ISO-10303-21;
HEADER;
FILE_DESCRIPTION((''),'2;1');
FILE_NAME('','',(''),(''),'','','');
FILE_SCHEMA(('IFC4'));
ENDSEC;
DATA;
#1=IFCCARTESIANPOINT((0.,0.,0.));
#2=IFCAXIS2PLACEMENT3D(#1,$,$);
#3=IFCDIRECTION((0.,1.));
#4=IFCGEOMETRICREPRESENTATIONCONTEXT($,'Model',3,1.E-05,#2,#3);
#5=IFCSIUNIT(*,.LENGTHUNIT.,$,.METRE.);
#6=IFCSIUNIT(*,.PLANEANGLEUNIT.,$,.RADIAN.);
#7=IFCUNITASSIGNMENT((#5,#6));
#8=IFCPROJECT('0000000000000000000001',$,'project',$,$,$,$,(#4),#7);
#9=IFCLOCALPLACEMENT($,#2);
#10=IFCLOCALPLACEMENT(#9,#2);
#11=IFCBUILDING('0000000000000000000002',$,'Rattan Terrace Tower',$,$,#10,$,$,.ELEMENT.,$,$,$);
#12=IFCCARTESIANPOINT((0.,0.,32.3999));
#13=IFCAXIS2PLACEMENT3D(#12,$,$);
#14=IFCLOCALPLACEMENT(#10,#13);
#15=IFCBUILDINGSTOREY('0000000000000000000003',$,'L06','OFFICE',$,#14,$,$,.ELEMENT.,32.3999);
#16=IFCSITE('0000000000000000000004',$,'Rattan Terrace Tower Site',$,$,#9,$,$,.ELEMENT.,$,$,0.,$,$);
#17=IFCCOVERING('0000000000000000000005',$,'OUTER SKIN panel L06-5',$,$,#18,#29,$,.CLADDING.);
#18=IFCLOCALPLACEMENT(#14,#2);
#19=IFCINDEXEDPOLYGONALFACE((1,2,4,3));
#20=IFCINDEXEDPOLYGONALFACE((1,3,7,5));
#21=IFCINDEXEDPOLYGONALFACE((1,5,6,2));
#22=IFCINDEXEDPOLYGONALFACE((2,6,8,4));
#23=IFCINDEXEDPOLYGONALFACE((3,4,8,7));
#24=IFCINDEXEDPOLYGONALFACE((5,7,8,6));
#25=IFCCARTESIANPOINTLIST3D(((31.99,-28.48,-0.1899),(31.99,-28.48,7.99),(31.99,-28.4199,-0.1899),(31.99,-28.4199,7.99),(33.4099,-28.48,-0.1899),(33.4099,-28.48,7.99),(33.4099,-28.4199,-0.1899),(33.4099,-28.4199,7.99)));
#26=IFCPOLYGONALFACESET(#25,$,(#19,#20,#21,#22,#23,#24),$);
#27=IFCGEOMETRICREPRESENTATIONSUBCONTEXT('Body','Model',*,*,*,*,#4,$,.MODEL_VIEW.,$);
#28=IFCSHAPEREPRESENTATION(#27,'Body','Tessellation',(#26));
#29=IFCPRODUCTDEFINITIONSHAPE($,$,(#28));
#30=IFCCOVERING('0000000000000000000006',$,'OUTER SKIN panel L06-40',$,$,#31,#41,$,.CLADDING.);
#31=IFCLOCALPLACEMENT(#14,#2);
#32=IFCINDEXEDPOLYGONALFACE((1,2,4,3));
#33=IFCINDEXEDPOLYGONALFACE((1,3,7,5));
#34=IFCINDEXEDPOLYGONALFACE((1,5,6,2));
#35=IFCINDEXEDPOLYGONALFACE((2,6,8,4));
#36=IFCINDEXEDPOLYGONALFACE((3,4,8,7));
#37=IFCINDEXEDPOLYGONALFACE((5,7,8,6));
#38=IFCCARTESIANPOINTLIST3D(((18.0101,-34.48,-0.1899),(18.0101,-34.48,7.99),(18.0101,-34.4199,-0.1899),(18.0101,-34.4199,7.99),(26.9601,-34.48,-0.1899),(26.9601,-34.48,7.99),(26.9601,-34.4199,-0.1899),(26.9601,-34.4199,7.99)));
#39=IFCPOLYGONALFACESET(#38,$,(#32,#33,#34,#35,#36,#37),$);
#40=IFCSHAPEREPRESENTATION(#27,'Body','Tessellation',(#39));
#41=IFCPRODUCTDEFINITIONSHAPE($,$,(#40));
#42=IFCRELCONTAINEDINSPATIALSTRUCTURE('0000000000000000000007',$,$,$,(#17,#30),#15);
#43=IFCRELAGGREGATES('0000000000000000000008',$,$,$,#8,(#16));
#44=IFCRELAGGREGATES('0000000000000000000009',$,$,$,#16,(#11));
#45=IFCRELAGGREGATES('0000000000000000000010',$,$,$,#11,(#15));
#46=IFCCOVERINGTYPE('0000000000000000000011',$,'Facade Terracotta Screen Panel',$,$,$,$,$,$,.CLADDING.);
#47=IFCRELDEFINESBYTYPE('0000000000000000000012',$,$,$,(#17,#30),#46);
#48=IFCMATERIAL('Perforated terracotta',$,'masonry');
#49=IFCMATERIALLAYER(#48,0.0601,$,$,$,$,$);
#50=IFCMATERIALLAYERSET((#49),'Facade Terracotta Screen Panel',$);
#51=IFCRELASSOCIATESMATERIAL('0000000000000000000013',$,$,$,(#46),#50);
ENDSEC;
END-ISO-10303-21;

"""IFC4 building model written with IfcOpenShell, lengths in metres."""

from ifc_helpers import new_model, si_unit, direction, frame, origin, origin_2d, place, context, subcontext, project, spatial, rectangle, extrude, material, layer, layer_set, type_object, element, save


model = new_model("IFC4")

# Units and contexts
model_context = context("Model", 3, precision=1e-05, world=origin(), true_north=direction((0.0, 1.0)))
body_context = subcontext(model_context, "Body", "Model", "MODEL_VIEW")
ifc_project = project(units=[si_unit("LENGTHUNIT", "METRE"), si_unit("PLANEANGLEUNIT", "RADIAN")], contexts=[model_context])

# Site, building, storey
site_placement = place(None, origin())
site = spatial("IfcSite", under=ifc_project, at=site_placement, Name="Rattan Terrace Tower Site", CompositionType="ELEMENT", RefElevation=0.0)
building_placement = place(site_placement, origin())
building = spatial("IfcBuilding", under=site, at=building_placement, Name="Rattan Terrace Tower", CompositionType="ELEMENT")
storey_placement = place(building_placement, frame((0.0, 0.0, 32.3999)))
storey = spatial("IfcBuildingStorey", under=building, at=storey_placement, Name="L06", Description="OFFICE", CompositionType="ELEMENT", Elevation=32.3999)

# Coverings
ifc_material_1 = material(Name="Perforated terracotta", Category="masonry")
ifc_layer_1 = layer(ifc_material_1, 0.0601)
ifc_layer_set_1 = layer_set([ifc_layer_1], Name="Facade Terracotta Screen Panel")
covering_type = type_object("IfcCoveringType", Name="Facade Terracotta Screen Panel", PredefinedType="CLADDING", material=ifc_layer_set_1)
covering_1_placement = place(storey_placement, frame((32.7, -28.45, -0.1899), z_axis=(0.0, 0.0, 1.0), x_axis=(1.0, 0.0, 0.0)))
element("IfcCovering", 1, at=covering_1_placement, inside=storey, type_object=covering_type, Name="OUTER SKIN panel L06-5", PredefinedType="CLADDING", context=body_context, shape_type="SweptSolid", body=[
    extrude(rectangle(XDim=1.4199, YDim=0.0601, at=origin_2d()), origin(), (0.0, 0.0, 1.0), 8.1799),
])
covering_2_placement = place(storey_placement, frame((22.4851, -34.45, -0.1899), z_axis=(0.0, 0.0, 1.0), x_axis=(1.0, 0.0, 0.0)))
element("IfcCovering", 2, at=covering_2_placement, inside=storey, type_object=covering_type, Name="OUTER SKIN panel L06-40", PredefinedType="CLADDING", context=body_context, shape_type="SweptSolid", body=[
    extrude(rectangle(XDim=8.95, YDim=0.0601, at=origin_2d()), origin(), (0.0, 0.0, 1.0), 8.1799),
])

save(model, "model.ifc")
